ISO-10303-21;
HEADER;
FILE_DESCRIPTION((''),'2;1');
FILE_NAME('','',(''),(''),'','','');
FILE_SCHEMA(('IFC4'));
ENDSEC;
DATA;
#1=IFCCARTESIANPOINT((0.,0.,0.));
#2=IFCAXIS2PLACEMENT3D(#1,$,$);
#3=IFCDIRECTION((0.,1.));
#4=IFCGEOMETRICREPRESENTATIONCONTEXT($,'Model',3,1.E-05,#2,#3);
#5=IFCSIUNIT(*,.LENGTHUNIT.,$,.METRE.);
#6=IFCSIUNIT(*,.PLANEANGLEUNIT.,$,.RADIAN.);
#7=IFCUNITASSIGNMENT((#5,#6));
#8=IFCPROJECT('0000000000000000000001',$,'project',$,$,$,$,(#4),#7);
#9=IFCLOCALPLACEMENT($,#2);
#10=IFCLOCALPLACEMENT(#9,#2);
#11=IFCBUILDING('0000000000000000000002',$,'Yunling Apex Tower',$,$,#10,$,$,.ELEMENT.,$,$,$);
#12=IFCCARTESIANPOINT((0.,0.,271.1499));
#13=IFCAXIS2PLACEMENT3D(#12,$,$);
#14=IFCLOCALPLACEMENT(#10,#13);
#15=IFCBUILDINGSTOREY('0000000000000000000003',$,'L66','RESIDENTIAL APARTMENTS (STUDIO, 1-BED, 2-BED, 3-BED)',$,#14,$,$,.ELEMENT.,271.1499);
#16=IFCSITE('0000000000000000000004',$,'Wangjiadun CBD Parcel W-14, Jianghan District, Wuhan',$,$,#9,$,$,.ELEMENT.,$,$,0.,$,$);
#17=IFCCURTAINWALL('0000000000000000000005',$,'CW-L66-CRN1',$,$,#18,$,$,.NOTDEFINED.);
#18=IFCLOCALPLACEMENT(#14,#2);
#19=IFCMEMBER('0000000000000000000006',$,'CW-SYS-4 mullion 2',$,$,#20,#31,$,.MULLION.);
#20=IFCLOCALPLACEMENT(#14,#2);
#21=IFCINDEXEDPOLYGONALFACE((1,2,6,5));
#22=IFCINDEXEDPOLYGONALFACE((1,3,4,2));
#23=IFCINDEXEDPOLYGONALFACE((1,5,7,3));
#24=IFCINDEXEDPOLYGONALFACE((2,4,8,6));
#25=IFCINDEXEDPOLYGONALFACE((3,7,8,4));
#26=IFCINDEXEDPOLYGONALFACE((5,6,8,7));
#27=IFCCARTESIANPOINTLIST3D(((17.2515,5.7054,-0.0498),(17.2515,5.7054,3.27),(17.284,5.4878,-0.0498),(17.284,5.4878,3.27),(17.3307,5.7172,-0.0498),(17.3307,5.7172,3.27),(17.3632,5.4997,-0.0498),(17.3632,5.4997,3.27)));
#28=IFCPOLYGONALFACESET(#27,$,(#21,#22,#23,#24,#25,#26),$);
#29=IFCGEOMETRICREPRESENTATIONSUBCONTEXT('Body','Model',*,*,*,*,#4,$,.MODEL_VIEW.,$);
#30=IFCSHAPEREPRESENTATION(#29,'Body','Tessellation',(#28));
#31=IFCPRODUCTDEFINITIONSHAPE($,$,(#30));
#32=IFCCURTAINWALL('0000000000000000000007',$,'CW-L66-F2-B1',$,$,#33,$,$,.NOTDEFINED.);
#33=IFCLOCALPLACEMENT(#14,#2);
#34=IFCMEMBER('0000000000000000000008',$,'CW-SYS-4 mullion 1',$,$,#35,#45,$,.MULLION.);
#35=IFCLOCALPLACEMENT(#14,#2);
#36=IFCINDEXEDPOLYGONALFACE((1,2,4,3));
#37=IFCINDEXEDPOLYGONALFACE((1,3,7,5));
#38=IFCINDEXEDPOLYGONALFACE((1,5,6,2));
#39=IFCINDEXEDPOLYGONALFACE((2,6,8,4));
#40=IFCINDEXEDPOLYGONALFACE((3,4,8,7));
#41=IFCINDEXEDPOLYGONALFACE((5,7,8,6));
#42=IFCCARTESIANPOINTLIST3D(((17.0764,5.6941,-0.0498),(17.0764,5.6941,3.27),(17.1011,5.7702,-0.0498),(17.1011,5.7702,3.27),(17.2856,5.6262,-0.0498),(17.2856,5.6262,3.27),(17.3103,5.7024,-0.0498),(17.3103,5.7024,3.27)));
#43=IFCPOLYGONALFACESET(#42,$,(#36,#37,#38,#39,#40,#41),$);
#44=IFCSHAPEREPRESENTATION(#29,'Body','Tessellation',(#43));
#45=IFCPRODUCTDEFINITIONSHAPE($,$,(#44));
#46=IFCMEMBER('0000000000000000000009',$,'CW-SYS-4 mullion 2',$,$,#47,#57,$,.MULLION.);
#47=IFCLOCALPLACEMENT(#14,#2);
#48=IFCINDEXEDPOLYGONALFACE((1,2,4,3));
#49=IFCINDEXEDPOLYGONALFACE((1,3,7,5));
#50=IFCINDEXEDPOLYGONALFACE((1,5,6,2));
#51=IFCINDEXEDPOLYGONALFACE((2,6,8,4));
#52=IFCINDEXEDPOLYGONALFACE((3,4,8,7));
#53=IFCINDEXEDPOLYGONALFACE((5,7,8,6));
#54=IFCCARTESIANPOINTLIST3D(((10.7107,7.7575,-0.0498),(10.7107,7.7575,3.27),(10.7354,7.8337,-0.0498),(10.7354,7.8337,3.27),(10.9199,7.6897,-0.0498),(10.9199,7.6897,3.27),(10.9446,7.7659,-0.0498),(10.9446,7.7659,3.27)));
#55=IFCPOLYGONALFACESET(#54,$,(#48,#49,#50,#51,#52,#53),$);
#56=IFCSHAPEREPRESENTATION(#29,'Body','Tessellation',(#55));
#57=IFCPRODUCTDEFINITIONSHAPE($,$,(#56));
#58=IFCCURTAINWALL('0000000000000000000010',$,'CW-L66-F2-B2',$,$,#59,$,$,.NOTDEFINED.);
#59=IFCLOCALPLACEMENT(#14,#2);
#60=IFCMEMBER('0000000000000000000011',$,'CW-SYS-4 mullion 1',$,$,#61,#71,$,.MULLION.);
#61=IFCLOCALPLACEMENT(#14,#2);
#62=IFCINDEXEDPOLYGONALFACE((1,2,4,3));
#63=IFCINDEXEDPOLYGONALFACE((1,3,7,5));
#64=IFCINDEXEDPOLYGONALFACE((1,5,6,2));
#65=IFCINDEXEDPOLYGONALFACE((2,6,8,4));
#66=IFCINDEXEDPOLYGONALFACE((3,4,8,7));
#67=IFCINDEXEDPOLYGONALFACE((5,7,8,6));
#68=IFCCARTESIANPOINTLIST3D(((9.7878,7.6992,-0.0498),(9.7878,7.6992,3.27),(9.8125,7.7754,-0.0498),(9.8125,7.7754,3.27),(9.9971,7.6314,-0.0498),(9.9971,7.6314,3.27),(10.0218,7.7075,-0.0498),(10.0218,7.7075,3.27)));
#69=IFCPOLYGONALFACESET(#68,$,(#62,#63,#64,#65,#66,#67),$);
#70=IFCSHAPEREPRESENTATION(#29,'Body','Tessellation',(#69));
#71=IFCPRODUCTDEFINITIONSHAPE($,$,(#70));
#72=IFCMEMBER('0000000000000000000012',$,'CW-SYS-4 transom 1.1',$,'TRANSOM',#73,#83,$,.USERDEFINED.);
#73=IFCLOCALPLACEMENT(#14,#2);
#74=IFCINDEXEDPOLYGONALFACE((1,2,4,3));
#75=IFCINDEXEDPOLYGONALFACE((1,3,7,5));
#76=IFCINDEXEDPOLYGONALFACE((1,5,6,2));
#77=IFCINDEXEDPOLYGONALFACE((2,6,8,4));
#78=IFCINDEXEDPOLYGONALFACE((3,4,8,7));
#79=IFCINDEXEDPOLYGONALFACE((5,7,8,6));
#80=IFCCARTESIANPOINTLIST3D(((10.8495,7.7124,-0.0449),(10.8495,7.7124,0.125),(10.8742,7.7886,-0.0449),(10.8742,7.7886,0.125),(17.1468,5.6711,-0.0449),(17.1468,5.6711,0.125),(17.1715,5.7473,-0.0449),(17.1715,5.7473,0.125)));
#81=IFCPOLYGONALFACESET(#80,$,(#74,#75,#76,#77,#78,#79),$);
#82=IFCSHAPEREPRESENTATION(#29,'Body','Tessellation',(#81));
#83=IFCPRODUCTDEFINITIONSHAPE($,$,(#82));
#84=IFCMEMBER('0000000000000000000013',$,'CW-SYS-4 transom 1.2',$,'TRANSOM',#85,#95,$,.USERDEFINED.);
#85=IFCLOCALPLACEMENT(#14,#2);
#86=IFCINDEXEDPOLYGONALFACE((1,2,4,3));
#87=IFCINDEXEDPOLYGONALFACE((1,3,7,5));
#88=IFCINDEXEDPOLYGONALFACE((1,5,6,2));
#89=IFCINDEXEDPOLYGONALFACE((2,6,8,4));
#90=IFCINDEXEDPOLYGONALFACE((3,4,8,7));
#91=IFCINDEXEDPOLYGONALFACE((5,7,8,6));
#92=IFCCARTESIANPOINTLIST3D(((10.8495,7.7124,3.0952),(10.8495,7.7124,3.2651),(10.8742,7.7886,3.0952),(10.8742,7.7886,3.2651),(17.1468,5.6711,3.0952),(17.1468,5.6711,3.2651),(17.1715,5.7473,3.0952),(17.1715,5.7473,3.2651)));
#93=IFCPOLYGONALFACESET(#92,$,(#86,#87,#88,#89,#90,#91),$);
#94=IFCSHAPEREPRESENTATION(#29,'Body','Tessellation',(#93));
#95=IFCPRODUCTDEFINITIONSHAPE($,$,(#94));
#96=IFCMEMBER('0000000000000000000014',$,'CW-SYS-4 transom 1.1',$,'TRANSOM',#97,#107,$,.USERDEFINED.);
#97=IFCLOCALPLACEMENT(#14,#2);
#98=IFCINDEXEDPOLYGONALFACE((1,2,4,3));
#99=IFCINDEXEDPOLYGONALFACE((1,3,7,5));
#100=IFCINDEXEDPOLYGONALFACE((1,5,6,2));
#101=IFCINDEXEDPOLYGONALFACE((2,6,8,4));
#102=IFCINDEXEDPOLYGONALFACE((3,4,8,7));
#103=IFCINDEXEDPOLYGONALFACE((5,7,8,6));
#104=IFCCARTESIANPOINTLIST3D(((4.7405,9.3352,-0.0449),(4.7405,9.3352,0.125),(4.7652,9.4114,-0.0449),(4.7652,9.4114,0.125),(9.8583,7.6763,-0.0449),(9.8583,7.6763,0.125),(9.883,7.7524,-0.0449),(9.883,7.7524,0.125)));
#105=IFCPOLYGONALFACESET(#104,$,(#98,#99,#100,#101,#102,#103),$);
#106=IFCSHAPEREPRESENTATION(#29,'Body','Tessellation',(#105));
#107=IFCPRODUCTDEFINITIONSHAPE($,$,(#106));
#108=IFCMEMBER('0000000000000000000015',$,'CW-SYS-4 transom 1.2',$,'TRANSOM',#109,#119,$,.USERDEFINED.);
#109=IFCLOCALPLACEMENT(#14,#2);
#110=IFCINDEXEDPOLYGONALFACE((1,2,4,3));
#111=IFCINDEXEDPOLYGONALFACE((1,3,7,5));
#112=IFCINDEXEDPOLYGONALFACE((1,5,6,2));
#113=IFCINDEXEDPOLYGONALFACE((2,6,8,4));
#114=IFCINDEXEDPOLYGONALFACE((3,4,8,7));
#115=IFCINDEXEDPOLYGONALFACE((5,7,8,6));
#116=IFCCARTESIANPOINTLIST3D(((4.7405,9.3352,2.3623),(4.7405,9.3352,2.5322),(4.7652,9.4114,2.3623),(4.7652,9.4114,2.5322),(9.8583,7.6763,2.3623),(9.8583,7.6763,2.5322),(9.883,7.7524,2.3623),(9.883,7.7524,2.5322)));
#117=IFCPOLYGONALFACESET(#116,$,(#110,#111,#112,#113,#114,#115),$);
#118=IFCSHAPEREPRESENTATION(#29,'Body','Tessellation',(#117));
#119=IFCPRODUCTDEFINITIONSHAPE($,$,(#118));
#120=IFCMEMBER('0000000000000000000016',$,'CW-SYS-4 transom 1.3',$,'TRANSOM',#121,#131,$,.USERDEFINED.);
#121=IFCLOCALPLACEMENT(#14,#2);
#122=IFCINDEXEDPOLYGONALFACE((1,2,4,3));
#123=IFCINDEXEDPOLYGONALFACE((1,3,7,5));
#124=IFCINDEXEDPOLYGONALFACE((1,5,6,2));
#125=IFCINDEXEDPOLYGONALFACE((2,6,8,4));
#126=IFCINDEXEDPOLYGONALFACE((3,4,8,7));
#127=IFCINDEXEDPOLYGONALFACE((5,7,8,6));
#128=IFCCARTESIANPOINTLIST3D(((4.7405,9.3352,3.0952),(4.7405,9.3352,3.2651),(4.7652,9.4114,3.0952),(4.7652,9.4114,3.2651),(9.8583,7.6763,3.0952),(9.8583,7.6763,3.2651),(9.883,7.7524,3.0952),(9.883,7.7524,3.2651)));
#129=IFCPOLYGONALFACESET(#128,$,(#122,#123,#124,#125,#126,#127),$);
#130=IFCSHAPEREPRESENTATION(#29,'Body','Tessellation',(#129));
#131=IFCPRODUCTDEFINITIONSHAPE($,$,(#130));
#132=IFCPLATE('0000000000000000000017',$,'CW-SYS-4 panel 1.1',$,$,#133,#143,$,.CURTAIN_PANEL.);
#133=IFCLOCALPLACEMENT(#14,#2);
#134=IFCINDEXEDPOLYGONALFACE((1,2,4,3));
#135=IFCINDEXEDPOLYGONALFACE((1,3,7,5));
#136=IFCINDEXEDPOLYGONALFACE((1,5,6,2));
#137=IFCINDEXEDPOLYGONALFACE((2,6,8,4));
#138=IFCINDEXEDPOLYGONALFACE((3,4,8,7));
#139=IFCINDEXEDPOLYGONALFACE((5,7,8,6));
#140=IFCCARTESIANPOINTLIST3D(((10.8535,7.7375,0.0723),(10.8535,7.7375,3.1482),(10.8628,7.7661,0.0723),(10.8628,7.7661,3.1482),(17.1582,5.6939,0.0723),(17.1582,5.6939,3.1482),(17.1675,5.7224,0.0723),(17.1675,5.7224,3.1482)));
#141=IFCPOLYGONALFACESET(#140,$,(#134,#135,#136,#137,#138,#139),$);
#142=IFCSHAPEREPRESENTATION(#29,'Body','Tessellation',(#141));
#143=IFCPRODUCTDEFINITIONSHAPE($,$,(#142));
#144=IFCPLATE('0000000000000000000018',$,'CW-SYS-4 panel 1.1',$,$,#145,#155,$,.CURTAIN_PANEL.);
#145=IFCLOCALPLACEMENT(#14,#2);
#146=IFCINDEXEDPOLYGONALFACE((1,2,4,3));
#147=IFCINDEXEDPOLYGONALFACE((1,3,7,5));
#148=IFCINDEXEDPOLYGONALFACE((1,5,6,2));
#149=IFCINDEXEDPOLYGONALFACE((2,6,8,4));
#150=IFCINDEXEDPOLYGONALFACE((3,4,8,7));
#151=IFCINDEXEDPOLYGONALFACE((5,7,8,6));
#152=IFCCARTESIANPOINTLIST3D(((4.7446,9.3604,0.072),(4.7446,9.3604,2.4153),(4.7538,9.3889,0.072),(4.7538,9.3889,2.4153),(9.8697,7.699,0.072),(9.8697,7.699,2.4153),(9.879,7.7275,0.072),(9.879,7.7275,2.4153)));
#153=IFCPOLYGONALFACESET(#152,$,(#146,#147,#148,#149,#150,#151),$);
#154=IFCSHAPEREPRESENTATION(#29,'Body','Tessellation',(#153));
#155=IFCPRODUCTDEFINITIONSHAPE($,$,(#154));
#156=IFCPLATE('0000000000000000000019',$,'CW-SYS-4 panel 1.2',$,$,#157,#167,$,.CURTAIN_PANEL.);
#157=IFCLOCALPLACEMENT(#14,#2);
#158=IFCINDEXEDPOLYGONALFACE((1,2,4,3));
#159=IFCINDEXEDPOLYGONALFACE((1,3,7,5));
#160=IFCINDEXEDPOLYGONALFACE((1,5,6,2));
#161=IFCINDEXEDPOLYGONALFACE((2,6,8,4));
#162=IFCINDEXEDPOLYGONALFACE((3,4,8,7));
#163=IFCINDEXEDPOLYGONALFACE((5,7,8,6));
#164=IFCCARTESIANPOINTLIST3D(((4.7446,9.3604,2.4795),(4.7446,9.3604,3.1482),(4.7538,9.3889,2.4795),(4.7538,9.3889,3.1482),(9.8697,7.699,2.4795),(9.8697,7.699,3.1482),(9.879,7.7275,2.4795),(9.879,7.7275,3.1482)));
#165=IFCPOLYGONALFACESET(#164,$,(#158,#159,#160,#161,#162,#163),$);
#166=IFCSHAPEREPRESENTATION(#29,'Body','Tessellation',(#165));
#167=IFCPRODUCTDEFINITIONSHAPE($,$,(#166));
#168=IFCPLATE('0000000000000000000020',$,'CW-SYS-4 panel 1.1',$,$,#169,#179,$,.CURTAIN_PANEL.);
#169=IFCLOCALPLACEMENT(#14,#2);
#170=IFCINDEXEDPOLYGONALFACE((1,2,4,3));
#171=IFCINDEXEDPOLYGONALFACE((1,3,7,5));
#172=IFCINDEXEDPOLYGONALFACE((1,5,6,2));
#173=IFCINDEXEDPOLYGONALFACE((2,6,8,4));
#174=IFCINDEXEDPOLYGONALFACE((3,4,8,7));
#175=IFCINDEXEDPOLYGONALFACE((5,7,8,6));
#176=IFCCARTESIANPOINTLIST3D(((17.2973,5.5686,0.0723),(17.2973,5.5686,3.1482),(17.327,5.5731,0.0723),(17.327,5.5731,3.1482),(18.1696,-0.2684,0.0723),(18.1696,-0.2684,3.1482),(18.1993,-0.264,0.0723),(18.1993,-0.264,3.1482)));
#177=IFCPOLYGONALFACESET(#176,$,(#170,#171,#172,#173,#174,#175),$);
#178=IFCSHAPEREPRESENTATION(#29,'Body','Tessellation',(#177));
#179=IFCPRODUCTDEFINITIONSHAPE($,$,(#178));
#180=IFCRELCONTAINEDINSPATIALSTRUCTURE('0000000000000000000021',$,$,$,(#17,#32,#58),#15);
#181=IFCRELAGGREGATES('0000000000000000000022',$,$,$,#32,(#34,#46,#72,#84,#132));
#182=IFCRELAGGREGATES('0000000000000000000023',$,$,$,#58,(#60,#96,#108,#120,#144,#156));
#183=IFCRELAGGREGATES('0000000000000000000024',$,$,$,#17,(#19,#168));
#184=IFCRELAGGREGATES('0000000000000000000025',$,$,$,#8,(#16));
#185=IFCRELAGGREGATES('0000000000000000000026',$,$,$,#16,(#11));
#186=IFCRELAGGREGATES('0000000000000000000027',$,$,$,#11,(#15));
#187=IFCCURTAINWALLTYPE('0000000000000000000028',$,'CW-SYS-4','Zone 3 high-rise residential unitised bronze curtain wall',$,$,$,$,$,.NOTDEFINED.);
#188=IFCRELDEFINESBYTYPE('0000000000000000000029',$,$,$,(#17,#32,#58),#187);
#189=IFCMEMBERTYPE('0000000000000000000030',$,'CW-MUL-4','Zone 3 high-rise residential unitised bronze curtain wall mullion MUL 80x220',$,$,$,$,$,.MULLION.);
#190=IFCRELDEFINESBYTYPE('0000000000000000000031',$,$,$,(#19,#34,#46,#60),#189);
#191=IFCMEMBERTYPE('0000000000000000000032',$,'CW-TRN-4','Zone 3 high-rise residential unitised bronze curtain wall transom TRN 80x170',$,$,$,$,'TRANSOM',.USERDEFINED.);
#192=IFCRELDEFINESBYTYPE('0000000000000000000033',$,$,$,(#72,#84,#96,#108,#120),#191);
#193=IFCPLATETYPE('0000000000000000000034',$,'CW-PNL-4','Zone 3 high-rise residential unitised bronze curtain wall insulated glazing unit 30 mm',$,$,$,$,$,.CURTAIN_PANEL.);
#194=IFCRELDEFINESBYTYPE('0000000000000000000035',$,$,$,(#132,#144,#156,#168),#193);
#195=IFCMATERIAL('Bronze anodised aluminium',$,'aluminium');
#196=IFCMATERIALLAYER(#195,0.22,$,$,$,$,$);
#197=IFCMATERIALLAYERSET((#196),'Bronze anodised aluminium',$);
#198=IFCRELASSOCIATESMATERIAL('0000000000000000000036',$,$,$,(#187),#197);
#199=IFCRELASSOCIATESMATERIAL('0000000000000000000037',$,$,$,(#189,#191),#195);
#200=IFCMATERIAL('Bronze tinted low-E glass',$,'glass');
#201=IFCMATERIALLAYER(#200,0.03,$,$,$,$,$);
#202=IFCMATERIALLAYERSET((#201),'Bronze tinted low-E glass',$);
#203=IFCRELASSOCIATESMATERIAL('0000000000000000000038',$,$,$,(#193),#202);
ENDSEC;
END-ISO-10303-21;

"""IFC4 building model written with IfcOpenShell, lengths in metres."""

from ifc_helpers import new_model, si_unit, direction, frame, origin, origin_2d, place, context, subcontext, project, spatial, rectangle, extrude, source, transform, mapped, material, layer, layer_set, material_profile, profile_set, type_object, element, aggregate, save


model = new_model("IFC4")

# Units and contexts
model_context = context("Model", 3, precision=1e-05, world=origin(), true_north=direction((0.0, 1.0)))
body_context = subcontext(model_context, "Body", "Model", "MODEL_VIEW")
ifc_project = project(units=[si_unit("LENGTHUNIT", "METRE"), si_unit("PLANEANGLEUNIT", "RADIAN")], contexts=[model_context])

# Site, building, storey
site_placement = place(None, origin())
site = spatial("IfcSite", under=ifc_project, at=site_placement, Name="Wangjiadun CBD Parcel W-14, Jianghan District, Wuhan", CompositionType="ELEMENT", RefElevation=0.0)
building_placement = place(site_placement, origin())
building = spatial("IfcBuilding", under=site, at=building_placement, Name="Yunling Apex Tower", CompositionType="ELEMENT")
storey_placement = place(building_placement, frame((0.0, 0.0, 271.1499)))
storey = spatial("IfcBuildingStorey", under=building, at=storey_placement, Name="L66", Description="RESIDENTIAL APARTMENTS (STUDIO, 1-BED, 2-BED, 3-BED)", CompositionType="ELEMENT", Elevation=271.1499)

# Curtain wall, member
ifc_material_1 = material(Name="Bronze anodised aluminium", Category="aluminium")
ifc_layer_1 = layer(ifc_material_1, 0.22)
ifc_layer_set_1 = layer_set([ifc_layer_1], Name="Bronze anodised aluminium")
curtain_wall_type = type_object("IfcCurtainWallType", Name="CW-SYS-4", Description="Zone 3 high-rise residential unitised bronze curtain wall", PredefinedType="NOTDEFINED", material=ifc_layer_set_1)
curtain_wall_1_placement = place(storey_placement, origin())
curtain_wall_1 = element("IfcCurtainWall", 1, at=curtain_wall_1_placement, inside=storey, type_object=curtain_wall_type, Name="CW-L66-CRN1", PredefinedType="NOTDEFINED")
ifc_material_profile_1 = material_profile(ifc_material_1, rectangle(XDim=0.0801, YDim=0.22, at=origin_2d()))
ifc_profile_set_1 = profile_set([ifc_material_profile_1], Name="Bronze anodised aluminium")
member_type_1 = type_object("IfcMemberType", Name="CW-MUL-4", Description="Zone 3 high-rise residential unitised bronze curtain wall mullion MUL 80x220", PredefinedType="MULLION", material=ifc_profile_set_1)
shared_shape_1 = source(origin(), body_context, "Body", "SweptSolid", [
    extrude(rectangle(XDim=0.0801, YDim=0.22, at=origin_2d()), origin(), (0.0, 0.0, 1.0), 3.3198),
])
member_1_placement = place(storey_placement, frame((17.3074, 5.6025, -0.0498), z_axis=(0.0, 0.0, 1.0), x_axis=(-0.989017, -0.147803, 0.0)))
member_1 = element("IfcMember", 2, at=member_1_placement, type_object=member_type_1, Name="CW-SYS-4 mullion 2", PredefinedType="MULLION", context=body_context, shape_type="MappedRepresentation", body=[
    mapped(shared_shape_1, transform((0.0, 0.0, 0.0), scale=1.0)),
])

# Curtain wall, members
curtain_wall_2_placement = place(storey_placement, origin())
curtain_wall_2 = element("IfcCurtainWall", 3, at=curtain_wall_2_placement, inside=storey, type_object=curtain_wall_type, Name="CW-L66-F2-B1", PredefinedType="NOTDEFINED")
member_2_placement = place(storey_placement, frame((17.1934, 5.6982, -0.0498), z_axis=(0.0, 0.0, 1.0), x_axis=(-0.308353, -0.951272, 0.0)))
member_2 = element("IfcMember", 4, at=member_2_placement, type_object=member_type_1, Name="CW-SYS-4 mullion 1", PredefinedType="MULLION", context=body_context, shape_type="MappedRepresentation", body=[
    mapped(shared_shape_1, transform((0.0, 0.0, 0.0), scale=1.0)),
])
member_3_placement = place(storey_placement, frame((10.8276, 7.7617, -0.0498), z_axis=(0.0, 0.0, 1.0), x_axis=(-0.308353, -0.951272, 0.0)))
member_3 = element("IfcMember", 5, at=member_3_placement, type_object=member_type_1, Name="CW-SYS-4 mullion 2", PredefinedType="MULLION", context=body_context, shape_type="MappedRepresentation", body=[
    mapped(shared_shape_1, transform((0.0, 0.0, 0.0), scale=1.0)),
])

# Curtain wall, member
curtain_wall_3_placement = place(storey_placement, origin())
curtain_wall_3 = element("IfcCurtainWall", 6, at=curtain_wall_3_placement, inside=storey, type_object=curtain_wall_type, Name="CW-L66-F2-B2", PredefinedType="NOTDEFINED")
member_4_placement = place(storey_placement, frame((9.9048, 7.7034, -0.0498), z_axis=(0.0, 0.0, 1.0), x_axis=(-0.308369, -0.951267, 0.0)))
member_4 = element("IfcMember", 7, at=member_4_placement, type_object=member_type_1, Name="CW-SYS-4 mullion 1", PredefinedType="MULLION", context=body_context, shape_type="MappedRepresentation", body=[
    mapped(shared_shape_1, transform((0.0, 0.0, 0.0), scale=1.0)),
])

# Members
ifc_material_profile_2 = material_profile(ifc_material_1, rectangle(XDim=0.0801, YDim=0.1699, at=origin_2d()))
ifc_profile_set_2 = profile_set([ifc_material_profile_2], Name="Bronze anodised aluminium")
member_type_2 = type_object("IfcMemberType", Name="CW-TRN-4", Description="Zone 3 high-rise residential unitised bronze curtain wall transom TRN 80x170", ElementType="TRANSOM", PredefinedType="USERDEFINED", material=ifc_profile_set_2)
shared_shape_2 = source(origin(), body_context, "Body", "SweptSolid", [
    extrude(rectangle(XDim=0.0801, YDim=0.1699, at=origin_2d()), origin(), (0.0, 0.0, 1.0), 6.6199),
])
member_5_placement = place(storey_placement, frame((17.1592, 5.7092, 0.04), z_axis=(-0.951273, 0.30835, 0.0), x_axis=(-0.30835, -0.951273, 0.0)))
member_5 = element("IfcMember", 8, at=member_5_placement, type_object=member_type_2, Name="CW-SYS-4 transom 1.1", ObjectType="TRANSOM", PredefinedType="USERDEFINED", context=body_context, shape_type="MappedRepresentation", body=[
    mapped(shared_shape_2, transform((0.0, 0.0, 0.0), scale=1.0)),
])
member_6_placement = place(storey_placement, frame((17.1592, 5.7092, 3.1802), z_axis=(-0.951273, 0.30835, 0.0), x_axis=(-0.30835, -0.951273, 0.0)))
member_6 = element("IfcMember", 9, at=member_6_placement, type_object=member_type_2, Name="CW-SYS-4 transom 1.2", ObjectType="TRANSOM", PredefinedType="USERDEFINED", context=body_context, shape_type="MappedRepresentation", body=[
    mapped(shared_shape_2, transform((0.0, 0.0, 0.0), scale=1.0)),
])
shared_shape_3 = source(origin(), body_context, "Body", "SweptSolid", [
    extrude(rectangle(XDim=0.0801, YDim=0.1699, at=origin_2d()), origin(), (0.0, 0.0, 1.0), 5.3799),
])
member_7_placement = place(storey_placement, frame((9.8706, 7.7144, 0.04), z_axis=(-0.951269, 0.308362, 0.0), x_axis=(-0.308362, -0.951269, 0.0)))
member_7 = element("IfcMember", 10, at=member_7_placement, type_object=member_type_2, Name="CW-SYS-4 transom 1.1", ObjectType="TRANSOM", PredefinedType="USERDEFINED", context=body_context, shape_type="MappedRepresentation", body=[
    mapped(shared_shape_3, transform((0.0, 0.0, 0.0), scale=1.0)),
])
member_8_placement = place(storey_placement, frame((9.8706, 7.7144, 2.4473), z_axis=(-0.951269, 0.308362, 0.0), x_axis=(-0.308362, -0.951269, 0.0)))
member_8 = element("IfcMember", 11, at=member_8_placement, type_object=member_type_2, Name="CW-SYS-4 transom 1.2", ObjectType="TRANSOM", PredefinedType="USERDEFINED", context=body_context, shape_type="MappedRepresentation", body=[
    mapped(shared_shape_3, transform((0.0, 0.0, 0.0), scale=1.0)),
])
member_9_placement = place(storey_placement, frame((9.8706, 7.7144, 3.1802), z_axis=(-0.951269, 0.308362, 0.0), x_axis=(-0.308362, -0.951269, 0.0)))
member_9 = element("IfcMember", 12, at=member_9_placement, type_object=member_type_2, Name="CW-SYS-4 transom 1.3", ObjectType="TRANSOM", PredefinedType="USERDEFINED", context=body_context, shape_type="MappedRepresentation", body=[
    mapped(shared_shape_3, transform((0.0, 0.0, 0.0), scale=1.0)),
])

# Plates
ifc_material_2 = material(Name="Bronze tinted low-E glass", Category="glass")
ifc_layer_2 = layer(ifc_material_2, 0.03)
ifc_layer_set_2 = layer_set([ifc_layer_2], Name="Bronze tinted low-E glass")
plate_type = type_object("IfcPlateType", Name="CW-PNL-4", Description="Zone 3 high-rise residential unitised bronze curtain wall insulated glazing unit 30 mm", PredefinedType="CURTAIN_PANEL", material=ifc_layer_set_2)
shared_shape_4 = source(origin(), body_context, "Body", "SweptSolid", [
    extrude(rectangle(XDim=6.6277, YDim=0.03, at=origin_2d()), origin(), (0.0, 0.0, 1.0), 3.0759),
])
plate_1_placement = place(storey_placement, frame((14.0105, 6.73, 0.0723), z_axis=(0.0, 0.0, 1.0), x_axis=(-0.951272, 0.308353, 0.0)))
plate_1 = element("IfcPlate", 13, at=plate_1_placement, type_object=plate_type, Name="CW-SYS-4 panel 1.1", PredefinedType="CURTAIN_PANEL", context=body_context, shape_type="MappedRepresentation", body=[
    mapped(shared_shape_4, transform((0.0, 0.0, 0.0), scale=1.0)),
])
aggregate(curtain_wall_2, [member_2, member_3, member_5, member_6, plate_1])
shared_shape_5 = source(origin(), body_context, "Body", "SweptSolid", [
    extrude(rectangle(XDim=5.3877, YDim=0.03, at=origin_2d()), origin(), (0.0, 0.0, 1.0), 2.3433),
])
plate_2_placement = place(storey_placement, frame((7.3118, 8.5439, 0.072), z_axis=(0.0, 0.0, 1.0), x_axis=(-0.951267, 0.308369, 0.0)))
plate_2 = element("IfcPlate", 14, at=plate_2_placement, type_object=plate_type, Name="CW-SYS-4 panel 1.1", PredefinedType="CURTAIN_PANEL", context=body_context, shape_type="MappedRepresentation", body=[
    mapped(shared_shape_5, transform((0.0, 0.0, 0.0), scale=1.0)),
])
shared_shape_6 = source(origin(), body_context, "Body", "SweptSolid", [
    extrude(rectangle(XDim=5.3877, YDim=0.03, at=origin_2d()), origin(), (0.0, 0.0, 1.0), 0.6687),
])
plate_3_placement = place(storey_placement, frame((7.3118, 8.5439, 2.4795), z_axis=(0.0, 0.0, 1.0), x_axis=(-0.951267, 0.308369, 0.0)))
plate_3 = element("IfcPlate", 15, at=plate_3_placement, type_object=plate_type, Name="CW-SYS-4 panel 1.2", PredefinedType="CURTAIN_PANEL", context=body_context, shape_type="MappedRepresentation", body=[
    mapped(shared_shape_6, transform((0.0, 0.0, 0.0), scale=1.0)),
])
aggregate(curtain_wall_3, [member_4, member_7, member_8, member_9, plate_2, plate_3])
shared_shape_7 = source(origin(), body_context, "Body", "SweptSolid", [
    extrude(rectangle(XDim=5.9019, YDim=0.03, at=origin_2d()), origin(), (0.0, 0.0, 1.0), 3.0759),
])
plate_4_placement = place(storey_placement, frame((17.7483, 2.6523, 0.0723), z_axis=(0.0, 0.0, 1.0), x_axis=(-0.147803, 0.989017, 0.0)))
plate_4 = element("IfcPlate", 16, at=plate_4_placement, type_object=plate_type, Name="CW-SYS-4 panel 1.1", PredefinedType="CURTAIN_PANEL", context=body_context, shape_type="MappedRepresentation", body=[
    mapped(shared_shape_7, transform((0.0, 0.0, 0.0), scale=1.0)),
])
aggregate(curtain_wall_1, [member_1, plate_4])

save(model, "model.ifc")
